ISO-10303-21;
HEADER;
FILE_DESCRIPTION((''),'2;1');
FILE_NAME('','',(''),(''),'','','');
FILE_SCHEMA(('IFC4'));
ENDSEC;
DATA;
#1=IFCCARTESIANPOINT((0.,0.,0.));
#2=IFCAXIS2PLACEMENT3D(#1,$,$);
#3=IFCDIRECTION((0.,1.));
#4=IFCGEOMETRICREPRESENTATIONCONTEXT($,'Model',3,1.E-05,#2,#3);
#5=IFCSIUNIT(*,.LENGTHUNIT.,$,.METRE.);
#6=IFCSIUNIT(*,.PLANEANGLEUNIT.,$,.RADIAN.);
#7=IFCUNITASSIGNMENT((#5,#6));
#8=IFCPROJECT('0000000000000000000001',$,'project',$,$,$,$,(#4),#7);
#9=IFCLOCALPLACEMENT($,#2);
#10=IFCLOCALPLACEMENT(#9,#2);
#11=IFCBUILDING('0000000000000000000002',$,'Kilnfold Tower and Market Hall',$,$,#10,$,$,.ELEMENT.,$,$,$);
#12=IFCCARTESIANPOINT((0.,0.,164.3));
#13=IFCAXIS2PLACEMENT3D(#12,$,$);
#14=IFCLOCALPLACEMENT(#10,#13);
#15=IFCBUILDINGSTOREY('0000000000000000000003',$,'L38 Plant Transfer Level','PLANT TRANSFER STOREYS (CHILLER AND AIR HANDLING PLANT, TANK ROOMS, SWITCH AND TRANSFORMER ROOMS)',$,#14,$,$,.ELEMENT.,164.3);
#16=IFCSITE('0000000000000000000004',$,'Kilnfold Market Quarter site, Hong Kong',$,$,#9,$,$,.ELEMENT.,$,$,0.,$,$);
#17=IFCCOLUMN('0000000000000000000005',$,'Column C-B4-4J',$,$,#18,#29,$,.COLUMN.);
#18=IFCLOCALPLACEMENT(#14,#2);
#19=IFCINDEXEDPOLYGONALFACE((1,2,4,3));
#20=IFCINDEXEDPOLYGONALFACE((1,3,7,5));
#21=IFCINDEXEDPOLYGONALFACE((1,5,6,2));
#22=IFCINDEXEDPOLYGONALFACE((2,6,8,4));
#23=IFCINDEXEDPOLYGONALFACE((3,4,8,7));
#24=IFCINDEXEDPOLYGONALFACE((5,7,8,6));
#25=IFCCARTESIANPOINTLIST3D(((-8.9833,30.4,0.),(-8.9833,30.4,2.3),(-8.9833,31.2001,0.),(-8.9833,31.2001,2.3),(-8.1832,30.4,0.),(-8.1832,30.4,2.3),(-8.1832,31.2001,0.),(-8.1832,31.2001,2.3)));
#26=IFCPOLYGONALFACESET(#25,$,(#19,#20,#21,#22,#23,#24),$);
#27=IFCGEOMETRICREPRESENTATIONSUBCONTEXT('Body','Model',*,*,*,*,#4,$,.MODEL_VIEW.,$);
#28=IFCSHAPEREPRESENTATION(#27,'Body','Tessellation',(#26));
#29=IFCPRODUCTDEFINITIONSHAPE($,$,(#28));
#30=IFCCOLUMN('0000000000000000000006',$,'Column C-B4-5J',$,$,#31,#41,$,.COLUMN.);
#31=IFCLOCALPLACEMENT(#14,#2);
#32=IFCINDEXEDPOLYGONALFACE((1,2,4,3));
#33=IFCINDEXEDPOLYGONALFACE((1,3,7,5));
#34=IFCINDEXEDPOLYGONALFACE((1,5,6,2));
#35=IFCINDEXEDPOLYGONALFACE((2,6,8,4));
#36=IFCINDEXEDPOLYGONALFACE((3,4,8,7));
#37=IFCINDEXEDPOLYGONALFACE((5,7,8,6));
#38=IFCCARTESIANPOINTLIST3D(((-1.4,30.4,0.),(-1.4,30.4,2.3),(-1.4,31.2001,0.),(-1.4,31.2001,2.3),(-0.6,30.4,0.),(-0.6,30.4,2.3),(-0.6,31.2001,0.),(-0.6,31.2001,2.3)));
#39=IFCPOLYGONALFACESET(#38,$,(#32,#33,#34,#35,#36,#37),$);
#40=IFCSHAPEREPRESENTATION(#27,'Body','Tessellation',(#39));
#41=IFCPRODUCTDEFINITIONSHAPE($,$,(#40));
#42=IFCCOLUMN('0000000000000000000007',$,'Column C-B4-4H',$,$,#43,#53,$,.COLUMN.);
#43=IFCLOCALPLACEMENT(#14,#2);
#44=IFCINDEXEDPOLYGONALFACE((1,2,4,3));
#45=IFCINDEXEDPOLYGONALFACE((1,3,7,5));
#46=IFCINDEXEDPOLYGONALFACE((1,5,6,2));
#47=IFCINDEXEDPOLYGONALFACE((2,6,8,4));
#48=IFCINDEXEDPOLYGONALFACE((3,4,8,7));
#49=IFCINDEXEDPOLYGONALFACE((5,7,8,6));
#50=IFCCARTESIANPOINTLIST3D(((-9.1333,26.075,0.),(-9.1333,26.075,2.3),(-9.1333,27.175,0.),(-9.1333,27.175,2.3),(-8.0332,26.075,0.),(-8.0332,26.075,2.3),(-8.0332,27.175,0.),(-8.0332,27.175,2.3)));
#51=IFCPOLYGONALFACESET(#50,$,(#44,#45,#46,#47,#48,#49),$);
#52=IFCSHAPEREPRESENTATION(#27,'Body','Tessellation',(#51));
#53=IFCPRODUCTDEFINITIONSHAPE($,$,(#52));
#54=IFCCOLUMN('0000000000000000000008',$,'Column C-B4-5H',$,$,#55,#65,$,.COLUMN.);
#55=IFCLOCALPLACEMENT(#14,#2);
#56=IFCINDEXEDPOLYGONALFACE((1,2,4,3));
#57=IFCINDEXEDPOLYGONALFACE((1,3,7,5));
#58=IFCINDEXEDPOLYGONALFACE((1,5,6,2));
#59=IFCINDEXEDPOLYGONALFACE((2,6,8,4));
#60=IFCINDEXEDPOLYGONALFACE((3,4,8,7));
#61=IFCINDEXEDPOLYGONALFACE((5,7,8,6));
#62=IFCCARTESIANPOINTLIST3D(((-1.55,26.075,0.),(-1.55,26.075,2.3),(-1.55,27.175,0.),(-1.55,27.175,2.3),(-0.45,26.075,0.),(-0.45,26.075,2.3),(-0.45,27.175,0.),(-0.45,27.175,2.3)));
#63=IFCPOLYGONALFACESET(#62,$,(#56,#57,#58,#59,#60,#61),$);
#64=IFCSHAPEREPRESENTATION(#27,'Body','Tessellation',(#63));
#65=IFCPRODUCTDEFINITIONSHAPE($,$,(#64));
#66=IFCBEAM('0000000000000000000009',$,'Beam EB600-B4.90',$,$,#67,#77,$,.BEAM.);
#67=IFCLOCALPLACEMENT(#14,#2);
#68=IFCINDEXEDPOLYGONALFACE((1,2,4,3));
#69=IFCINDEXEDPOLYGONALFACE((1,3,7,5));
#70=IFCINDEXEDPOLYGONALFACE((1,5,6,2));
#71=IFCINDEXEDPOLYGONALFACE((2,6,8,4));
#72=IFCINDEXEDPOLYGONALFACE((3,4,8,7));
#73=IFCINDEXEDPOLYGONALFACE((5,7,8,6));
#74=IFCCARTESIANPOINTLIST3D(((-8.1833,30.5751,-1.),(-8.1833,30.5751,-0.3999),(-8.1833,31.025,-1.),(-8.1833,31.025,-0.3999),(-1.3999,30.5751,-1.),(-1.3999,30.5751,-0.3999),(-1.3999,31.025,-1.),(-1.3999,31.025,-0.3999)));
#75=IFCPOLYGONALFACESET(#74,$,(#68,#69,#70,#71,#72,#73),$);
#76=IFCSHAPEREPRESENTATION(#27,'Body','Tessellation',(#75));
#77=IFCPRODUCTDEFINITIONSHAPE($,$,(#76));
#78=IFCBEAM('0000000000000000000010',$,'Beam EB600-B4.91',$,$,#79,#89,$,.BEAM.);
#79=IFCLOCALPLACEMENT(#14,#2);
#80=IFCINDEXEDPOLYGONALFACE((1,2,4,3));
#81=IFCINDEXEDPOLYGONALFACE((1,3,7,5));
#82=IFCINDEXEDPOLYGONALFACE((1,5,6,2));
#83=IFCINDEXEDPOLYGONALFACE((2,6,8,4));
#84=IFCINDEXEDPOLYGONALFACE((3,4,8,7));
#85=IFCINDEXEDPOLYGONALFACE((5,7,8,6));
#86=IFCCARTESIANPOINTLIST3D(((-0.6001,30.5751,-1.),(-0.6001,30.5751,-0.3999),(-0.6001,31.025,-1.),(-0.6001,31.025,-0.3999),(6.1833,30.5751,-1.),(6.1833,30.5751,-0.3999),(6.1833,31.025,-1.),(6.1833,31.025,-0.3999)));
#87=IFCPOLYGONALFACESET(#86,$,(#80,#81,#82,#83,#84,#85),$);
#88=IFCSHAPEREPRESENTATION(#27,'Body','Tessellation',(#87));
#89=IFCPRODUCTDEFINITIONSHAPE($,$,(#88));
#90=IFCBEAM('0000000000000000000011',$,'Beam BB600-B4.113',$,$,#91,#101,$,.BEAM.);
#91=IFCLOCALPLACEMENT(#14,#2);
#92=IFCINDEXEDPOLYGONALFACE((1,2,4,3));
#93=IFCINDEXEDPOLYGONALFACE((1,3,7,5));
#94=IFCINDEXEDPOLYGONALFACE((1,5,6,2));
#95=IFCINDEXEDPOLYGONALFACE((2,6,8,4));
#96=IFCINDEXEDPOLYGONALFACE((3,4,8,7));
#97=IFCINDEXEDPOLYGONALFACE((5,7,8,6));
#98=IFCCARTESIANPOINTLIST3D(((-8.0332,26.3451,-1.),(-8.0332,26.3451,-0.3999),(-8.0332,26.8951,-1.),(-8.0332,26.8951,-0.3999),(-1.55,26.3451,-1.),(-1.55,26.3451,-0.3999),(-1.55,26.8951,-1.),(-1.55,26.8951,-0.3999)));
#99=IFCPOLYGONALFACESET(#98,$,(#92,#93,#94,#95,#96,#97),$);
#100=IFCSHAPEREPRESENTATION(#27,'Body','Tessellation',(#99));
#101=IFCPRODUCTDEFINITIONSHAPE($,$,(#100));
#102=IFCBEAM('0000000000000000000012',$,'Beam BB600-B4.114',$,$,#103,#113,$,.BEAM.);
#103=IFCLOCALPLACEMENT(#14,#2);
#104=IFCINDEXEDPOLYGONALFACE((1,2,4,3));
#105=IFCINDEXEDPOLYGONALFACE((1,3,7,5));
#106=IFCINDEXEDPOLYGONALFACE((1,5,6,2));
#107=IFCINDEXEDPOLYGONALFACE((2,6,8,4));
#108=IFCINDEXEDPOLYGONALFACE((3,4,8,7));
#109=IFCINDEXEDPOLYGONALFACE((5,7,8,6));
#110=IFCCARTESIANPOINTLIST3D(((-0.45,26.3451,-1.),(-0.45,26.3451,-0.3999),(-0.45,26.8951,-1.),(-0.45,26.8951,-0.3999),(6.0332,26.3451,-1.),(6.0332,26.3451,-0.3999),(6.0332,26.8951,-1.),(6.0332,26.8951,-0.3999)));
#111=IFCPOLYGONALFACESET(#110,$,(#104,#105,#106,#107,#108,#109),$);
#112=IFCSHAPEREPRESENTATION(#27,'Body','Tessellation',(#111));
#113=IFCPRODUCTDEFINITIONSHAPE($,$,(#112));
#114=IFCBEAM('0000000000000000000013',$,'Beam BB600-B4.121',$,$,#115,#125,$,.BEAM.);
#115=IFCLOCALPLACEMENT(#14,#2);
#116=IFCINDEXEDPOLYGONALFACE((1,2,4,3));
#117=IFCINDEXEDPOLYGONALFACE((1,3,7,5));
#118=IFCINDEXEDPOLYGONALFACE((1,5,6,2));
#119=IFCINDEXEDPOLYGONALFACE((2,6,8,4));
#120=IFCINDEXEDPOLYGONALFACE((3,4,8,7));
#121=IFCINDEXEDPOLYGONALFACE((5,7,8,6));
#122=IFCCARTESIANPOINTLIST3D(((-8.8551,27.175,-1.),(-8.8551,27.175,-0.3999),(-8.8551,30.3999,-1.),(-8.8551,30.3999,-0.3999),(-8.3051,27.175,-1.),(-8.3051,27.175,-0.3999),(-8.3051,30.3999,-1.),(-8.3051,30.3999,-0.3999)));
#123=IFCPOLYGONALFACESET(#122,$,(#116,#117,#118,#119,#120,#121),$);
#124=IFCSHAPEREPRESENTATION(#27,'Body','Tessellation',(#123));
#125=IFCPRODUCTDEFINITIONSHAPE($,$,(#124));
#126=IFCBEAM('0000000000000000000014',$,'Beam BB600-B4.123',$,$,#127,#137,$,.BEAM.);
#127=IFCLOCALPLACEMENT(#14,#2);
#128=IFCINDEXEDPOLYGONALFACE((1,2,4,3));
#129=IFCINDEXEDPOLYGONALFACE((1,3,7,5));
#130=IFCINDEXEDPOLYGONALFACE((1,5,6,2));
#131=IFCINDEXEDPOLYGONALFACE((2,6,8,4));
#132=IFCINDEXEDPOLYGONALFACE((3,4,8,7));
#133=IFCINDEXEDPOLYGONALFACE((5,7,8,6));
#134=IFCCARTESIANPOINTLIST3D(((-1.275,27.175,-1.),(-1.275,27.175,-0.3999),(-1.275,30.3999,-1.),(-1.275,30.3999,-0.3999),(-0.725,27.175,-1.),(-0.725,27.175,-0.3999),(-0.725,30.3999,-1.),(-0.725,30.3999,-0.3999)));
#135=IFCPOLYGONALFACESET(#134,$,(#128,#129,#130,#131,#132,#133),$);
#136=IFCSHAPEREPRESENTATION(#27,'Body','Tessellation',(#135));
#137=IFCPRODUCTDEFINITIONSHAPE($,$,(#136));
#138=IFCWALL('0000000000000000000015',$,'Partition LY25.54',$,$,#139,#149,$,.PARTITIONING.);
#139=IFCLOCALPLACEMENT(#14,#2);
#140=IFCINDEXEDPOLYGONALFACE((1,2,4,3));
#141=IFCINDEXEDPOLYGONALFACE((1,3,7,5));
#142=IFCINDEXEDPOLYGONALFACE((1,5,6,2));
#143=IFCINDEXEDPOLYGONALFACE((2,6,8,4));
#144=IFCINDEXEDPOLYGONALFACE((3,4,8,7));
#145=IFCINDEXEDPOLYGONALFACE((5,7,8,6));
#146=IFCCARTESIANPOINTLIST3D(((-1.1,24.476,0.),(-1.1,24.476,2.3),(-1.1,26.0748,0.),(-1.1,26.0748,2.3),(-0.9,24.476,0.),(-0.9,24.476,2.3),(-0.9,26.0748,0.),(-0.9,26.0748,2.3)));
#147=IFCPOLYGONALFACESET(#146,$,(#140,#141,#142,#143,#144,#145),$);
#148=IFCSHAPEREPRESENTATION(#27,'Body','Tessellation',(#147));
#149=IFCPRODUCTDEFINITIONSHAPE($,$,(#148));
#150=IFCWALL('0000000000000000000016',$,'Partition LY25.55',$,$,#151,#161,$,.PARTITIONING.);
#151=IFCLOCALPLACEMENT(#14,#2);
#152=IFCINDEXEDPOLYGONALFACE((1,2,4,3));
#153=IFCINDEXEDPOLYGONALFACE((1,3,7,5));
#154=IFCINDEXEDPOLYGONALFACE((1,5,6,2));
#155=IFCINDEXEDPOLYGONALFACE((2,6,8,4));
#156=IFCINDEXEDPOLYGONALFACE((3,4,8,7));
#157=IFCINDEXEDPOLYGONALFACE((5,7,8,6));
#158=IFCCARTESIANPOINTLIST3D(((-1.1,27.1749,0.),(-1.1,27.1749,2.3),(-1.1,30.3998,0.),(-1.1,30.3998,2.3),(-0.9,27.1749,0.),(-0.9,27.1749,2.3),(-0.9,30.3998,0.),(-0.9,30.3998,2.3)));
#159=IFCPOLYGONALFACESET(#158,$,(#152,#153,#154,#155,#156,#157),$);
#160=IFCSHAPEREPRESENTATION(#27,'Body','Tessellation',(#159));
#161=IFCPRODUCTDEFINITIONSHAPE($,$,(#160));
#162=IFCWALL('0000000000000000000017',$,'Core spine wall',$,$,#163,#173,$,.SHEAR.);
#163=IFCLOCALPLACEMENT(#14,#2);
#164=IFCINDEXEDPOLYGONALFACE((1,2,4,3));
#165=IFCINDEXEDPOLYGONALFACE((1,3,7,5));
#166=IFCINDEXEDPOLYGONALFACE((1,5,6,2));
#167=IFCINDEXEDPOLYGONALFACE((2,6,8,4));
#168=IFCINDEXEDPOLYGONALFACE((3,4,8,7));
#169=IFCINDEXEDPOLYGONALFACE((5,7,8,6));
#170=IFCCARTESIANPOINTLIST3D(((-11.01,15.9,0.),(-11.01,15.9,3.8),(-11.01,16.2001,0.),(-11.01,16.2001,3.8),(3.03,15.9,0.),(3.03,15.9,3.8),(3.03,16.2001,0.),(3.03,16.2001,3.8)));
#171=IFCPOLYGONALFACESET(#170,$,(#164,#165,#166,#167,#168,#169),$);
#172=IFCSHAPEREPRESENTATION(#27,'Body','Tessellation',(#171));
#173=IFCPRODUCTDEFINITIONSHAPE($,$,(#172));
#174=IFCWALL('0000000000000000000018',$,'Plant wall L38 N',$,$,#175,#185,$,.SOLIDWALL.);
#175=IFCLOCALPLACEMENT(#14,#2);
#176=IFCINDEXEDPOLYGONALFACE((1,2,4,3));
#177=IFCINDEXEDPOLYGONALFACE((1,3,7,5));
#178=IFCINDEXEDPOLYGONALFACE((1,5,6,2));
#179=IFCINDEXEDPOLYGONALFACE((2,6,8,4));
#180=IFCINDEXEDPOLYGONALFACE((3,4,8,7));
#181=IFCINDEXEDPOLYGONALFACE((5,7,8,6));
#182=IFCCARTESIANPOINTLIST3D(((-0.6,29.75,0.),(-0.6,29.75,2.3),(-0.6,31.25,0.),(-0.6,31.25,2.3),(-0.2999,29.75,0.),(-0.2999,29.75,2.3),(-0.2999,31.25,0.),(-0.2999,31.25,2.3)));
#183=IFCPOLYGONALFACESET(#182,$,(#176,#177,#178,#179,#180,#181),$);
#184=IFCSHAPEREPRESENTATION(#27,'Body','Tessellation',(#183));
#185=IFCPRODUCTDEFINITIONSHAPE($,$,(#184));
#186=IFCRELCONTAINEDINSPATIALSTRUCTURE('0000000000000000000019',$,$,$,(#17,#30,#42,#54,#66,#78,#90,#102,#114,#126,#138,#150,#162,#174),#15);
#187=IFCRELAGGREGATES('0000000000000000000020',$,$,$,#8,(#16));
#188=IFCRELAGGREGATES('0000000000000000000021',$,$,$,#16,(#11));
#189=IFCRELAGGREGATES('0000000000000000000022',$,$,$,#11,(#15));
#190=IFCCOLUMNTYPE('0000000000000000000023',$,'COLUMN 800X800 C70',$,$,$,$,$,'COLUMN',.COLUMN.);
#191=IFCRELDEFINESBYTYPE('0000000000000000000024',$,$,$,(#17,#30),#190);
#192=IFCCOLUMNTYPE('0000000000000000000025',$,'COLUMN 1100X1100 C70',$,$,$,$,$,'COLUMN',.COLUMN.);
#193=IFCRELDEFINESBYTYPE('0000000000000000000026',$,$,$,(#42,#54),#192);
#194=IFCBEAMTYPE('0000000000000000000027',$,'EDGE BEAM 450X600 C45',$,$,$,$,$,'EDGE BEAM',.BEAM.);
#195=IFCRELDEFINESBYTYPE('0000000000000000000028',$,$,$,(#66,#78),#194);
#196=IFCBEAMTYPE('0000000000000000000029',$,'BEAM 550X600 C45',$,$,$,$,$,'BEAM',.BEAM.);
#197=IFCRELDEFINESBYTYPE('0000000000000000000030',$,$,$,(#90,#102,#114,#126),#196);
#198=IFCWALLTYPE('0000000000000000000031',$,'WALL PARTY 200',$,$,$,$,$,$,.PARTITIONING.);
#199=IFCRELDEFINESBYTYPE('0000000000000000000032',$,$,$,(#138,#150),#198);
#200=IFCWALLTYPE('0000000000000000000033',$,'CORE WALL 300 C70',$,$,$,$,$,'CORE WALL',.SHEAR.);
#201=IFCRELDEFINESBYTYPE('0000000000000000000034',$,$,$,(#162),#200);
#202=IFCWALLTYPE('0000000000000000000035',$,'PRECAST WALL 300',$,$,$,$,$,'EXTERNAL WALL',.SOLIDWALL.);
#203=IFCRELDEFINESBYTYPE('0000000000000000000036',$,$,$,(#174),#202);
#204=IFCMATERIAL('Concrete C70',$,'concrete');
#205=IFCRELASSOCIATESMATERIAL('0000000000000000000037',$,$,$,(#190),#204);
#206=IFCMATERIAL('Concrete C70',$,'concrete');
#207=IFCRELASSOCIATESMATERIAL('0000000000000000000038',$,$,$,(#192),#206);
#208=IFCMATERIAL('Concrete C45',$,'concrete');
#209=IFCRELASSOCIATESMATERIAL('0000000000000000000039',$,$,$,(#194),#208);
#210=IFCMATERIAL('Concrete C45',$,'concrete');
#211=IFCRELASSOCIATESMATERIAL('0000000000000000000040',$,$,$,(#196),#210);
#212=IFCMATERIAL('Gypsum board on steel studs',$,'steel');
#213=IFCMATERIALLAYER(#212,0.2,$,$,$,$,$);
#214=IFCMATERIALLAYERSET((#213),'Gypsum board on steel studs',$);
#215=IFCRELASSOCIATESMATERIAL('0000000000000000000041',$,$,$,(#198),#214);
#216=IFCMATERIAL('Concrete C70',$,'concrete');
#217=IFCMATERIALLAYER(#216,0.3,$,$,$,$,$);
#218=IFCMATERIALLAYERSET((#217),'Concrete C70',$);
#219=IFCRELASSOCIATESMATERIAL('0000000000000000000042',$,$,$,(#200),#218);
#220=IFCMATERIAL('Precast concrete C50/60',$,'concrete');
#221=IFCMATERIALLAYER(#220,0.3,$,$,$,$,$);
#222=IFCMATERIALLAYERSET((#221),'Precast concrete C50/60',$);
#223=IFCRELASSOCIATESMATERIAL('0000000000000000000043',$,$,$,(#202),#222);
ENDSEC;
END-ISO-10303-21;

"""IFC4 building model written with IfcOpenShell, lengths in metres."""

from ifc_helpers import new_model, si_unit, direction, frame, frame_2d, origin, origin_2d, place, context, subcontext, project, spatial, rectangle, extrude, source, transform, mapped, material, layer, layer_set, material_profile, profile_set, type_object, element, save


model = new_model("IFC4")

# Units and contexts
model_context = context("Model", 3, precision=1e-05, world=origin(), true_north=direction((0.0, 1.0)))
body_context = subcontext(model_context, "Body", "Model", "MODEL_VIEW")
ifc_project = project(units=[si_unit("LENGTHUNIT", "METRE"), si_unit("PLANEANGLEUNIT", "RADIAN")], contexts=[model_context])

# Site, building, storey
site_placement = place(None, origin())
site = spatial("IfcSite", under=ifc_project, at=site_placement, Name="Kilnfold Market Quarter site, Hong Kong", CompositionType="ELEMENT", RefElevation=0.0)
building_placement = place(site_placement, origin())
building = spatial("IfcBuilding", under=site, at=building_placement, Name="Kilnfold Tower and Market Hall", CompositionType="ELEMENT")
storey_placement = place(building_placement, frame((0.0, 0.0, 164.3)))
storey = spatial("IfcBuildingStorey", under=building, at=storey_placement, Name="L38 Plant Transfer Level", Description="PLANT TRANSFER STOREYS (CHILLER AND AIR HANDLING PLANT, TANK ROOMS, SWITCH AND TRANSFORMER ROOMS)", CompositionType="ELEMENT", Elevation=164.3)

# Columns
ifc_material_1 = material(Name="Concrete C70", Category="concrete")
ifc_material_profile_1 = material_profile(ifc_material_1, rectangle(XDim=0.8, YDim=0.8, at=origin_2d()), Name="RC 800x800")
ifc_profile_set_1 = profile_set([ifc_material_profile_1], Name="Concrete C70")
column_type_1 = type_object("IfcColumnType", Name="COLUMN 800X800 C70", ElementType="COLUMN", PredefinedType="COLUMN", material=ifc_profile_set_1)
shared_shape_1 = source(origin(), body_context, "Body", "SweptSolid", [
    extrude(rectangle(XDim=0.8, YDim=0.8, at=origin_2d()), origin(), (0.0, 0.0, 1.0), 2.3),
])
for number, where, z_axis, x_axis, name in (
    (1, (-8.5833, 30.8, 0.0), (0.0, 0.0, 1.0), (1.0, 0.0, 0.0), "Column C-B4-4J"),
    (2, (-1.0, 30.8, 0.0), (0.0, 0.0, 1.0), (1.0, 0.0, 0.0), "Column C-B4-5J"),
):
    element("IfcColumn", number, at=place(storey_placement, frame(where, z_axis=z_axis, x_axis=x_axis)), inside=storey, type_object=column_type_1, Name=name, PredefinedType="COLUMN", context=body_context, shape_type="MappedRepresentation", body=[
        mapped(shared_shape_1, transform((0.0, 0.0, 0.0))),
    ])
ifc_material_2 = material(Name="Concrete C70", Category="concrete")
ifc_material_profile_2 = material_profile(ifc_material_2, rectangle(XDim=1.1001, YDim=1.1001, at=origin_2d()), Name="RC 1100x1100")
ifc_profile_set_2 = profile_set([ifc_material_profile_2], Name="Concrete C70")
column_type_2 = type_object("IfcColumnType", Name="COLUMN 1100X1100 C70", ElementType="COLUMN", PredefinedType="COLUMN", material=ifc_profile_set_2)
shared_shape_2 = source(origin(), body_context, "Body", "SweptSolid", [
    extrude(rectangle(XDim=1.1001, YDim=1.1001, at=origin_2d()), origin(), (0.0, 0.0, 1.0), 2.3),
])
for number, where, z_axis, x_axis, name in (
    (3, (-8.5833, 26.625, 0.0), (0.0, 0.0, 1.0), (1.0, 0.0, 0.0), "Column C-B4-4H"),
    (4, (-1.0, 26.625, 0.0), (0.0, 0.0, 1.0), (1.0, 0.0, 0.0), "Column C-B4-5H"),
):
    element("IfcColumn", number, at=place(storey_placement, frame(where, z_axis=z_axis, x_axis=x_axis)), inside=storey, type_object=column_type_2, Name=name, PredefinedType="COLUMN", context=body_context, shape_type="MappedRepresentation", body=[
        mapped(shared_shape_2, transform((0.0, 0.0, 0.0))),
    ])

# Beams
ifc_material_3 = material(Name="Concrete C45", Category="concrete")
ifc_material_profile_3 = material_profile(ifc_material_3, rectangle(XDim=0.45, YDim=0.6001, at=origin_2d()), Name="RC 450x600")
ifc_profile_set_3 = profile_set([ifc_material_profile_3], Name="Concrete C45")
beam_type_1 = type_object("IfcBeamType", Name="EDGE BEAM 450X600 C45", ElementType="EDGE BEAM", PredefinedType="BEAM", material=ifc_profile_set_3)
shared_shape_3 = source(origin(), body_context, "Body", "SweptSolid", [
    extrude(rectangle(XDim=0.45, YDim=0.6001, at=origin_2d()), origin(), (0.0, 0.0, 1.0), 6.7834),
])
for number, where, z_axis, x_axis, name in (
    (5, (-8.1833, 30.8, -0.7), (1.0, 0.0, 0.0), (0.0, 1.0, 0.0), "Beam EB600-B4.90"),
    (6, (-0.6001, 30.8, -0.7), (1.0, 0.0, 0.0), (0.0, 1.0, 0.0), "Beam EB600-B4.91"),
):
    element("IfcBeam", number, at=place(storey_placement, frame(where, z_axis=z_axis, x_axis=x_axis)), inside=storey, type_object=beam_type_1, Name=name, PredefinedType="BEAM", context=body_context, shape_type="MappedRepresentation", body=[
        mapped(shared_shape_3, transform((0.0, 0.0, 0.0))),
    ])
ifc_material_4 = material(Name="Concrete C45", Category="concrete")
ifc_material_profile_4 = material_profile(ifc_material_4, rectangle(XDim=0.55, YDim=0.6001, at=origin_2d()), Name="RC 550x600")
ifc_profile_set_4 = profile_set([ifc_material_profile_4], Name="Concrete C45")
beam_type_2 = type_object("IfcBeamType", Name="BEAM 550X600 C45", ElementType="BEAM", PredefinedType="BEAM", material=ifc_profile_set_4)
shared_shape_4 = source(origin(), body_context, "Body", "SweptSolid", [
    extrude(rectangle(XDim=0.55, YDim=0.6001, at=origin_2d()), origin(), (0.0, 0.0, 1.0), 6.4832),
])
for number, where, z_axis, x_axis, name in (
    (7, (-8.0332, 26.6201, -0.7), (1.0, 0.0, 0.0), (0.0, 1.0, 0.0), "Beam BB600-B4.113"),
    (8, (-0.45, 26.6201, -0.7), (1.0, 0.0, 0.0), (0.0, 1.0, 0.0), "Beam BB600-B4.114"),
):
    element("IfcBeam", number, at=place(storey_placement, frame(where, z_axis=z_axis, x_axis=x_axis)), inside=storey, type_object=beam_type_2, Name=name, PredefinedType="BEAM", context=body_context, shape_type="MappedRepresentation", body=[
        mapped(shared_shape_4, transform((0.0, 0.0, 0.0))),
    ])
shared_shape_5 = source(origin(), body_context, "Body", "SweptSolid", [
    extrude(rectangle(XDim=0.55, YDim=0.6001, at=origin_2d()), origin(), (0.0, 0.0, 1.0), 3.2249),
])
for number, where, z_axis, x_axis, name in (
    (9, (-8.5801, 27.175, -0.7), (0.0, 1.0, 0.0), (-1.0, 0.0, 0.0), "Beam BB600-B4.121"),
    (10, (-1.0, 27.175, -0.7), (0.0, 1.0, 0.0), (-1.0, 0.0, 0.0), "Beam BB600-B4.123"),
):
    element("IfcBeam", number, at=place(storey_placement, frame(where, z_axis=z_axis, x_axis=x_axis)), inside=storey, type_object=beam_type_2, Name=name, PredefinedType="BEAM", context=body_context, shape_type="MappedRepresentation", body=[
        mapped(shared_shape_5, transform((0.0, 0.0, 0.0))),
    ])

# Walls
ifc_material_5 = material(Name="Gypsum board on steel studs", Category="steel")
ifc_layer_1 = layer(ifc_material_5, 0.2)
ifc_layer_set_1 = layer_set([ifc_layer_1], Name="Gypsum board on steel studs")
wall_type_1 = type_object("IfcWallType", Name="WALL PARTY 200", PredefinedType="PARTITIONING", material=ifc_layer_set_1)
wall_1_placement = place(storey_placement, frame((-1.0, 24.4761, 0.0), z_axis=(0.0, 0.0, 1.0), x_axis=(0.0, 1.0, 0.0)))
element("IfcWall", 11, at=wall_1_placement, inside=storey, type_object=wall_type_1, Name="Partition LY25.54", PredefinedType="PARTITIONING", context=body_context, shape_type="SweptSolid", body=[
    extrude(rectangle(XDim=1.5989, YDim=0.2, at=frame_2d((0.7993, 0.0))), origin(), (0.0, 0.0, 1.0), 2.3),
])
wall_2_placement = place(storey_placement, frame((-1.0, 27.175, 0.0), z_axis=(0.0, 0.0, 1.0), x_axis=(0.0, 1.0, 0.0)))
element("IfcWall", 12, at=wall_2_placement, inside=storey, type_object=wall_type_1, Name="Partition LY25.55", PredefinedType="PARTITIONING", context=body_context, shape_type="SweptSolid", body=[
    extrude(rectangle(XDim=3.2249, YDim=0.2, at=frame_2d((1.6123, 0.0))), origin(), (0.0, 0.0, 1.0), 2.3),
])
ifc_material_6 = material(Name="Concrete C70", Category="concrete")
ifc_layer_2 = layer(ifc_material_6, 0.3)
ifc_layer_set_2 = layer_set([ifc_layer_2], Name="Concrete C70")
wall_type_2 = type_object("IfcWallType", Name="CORE WALL 300 C70", ElementType="CORE WALL", PredefinedType="SHEAR", material=ifc_layer_set_2)
shared_shape_6 = source(origin(), body_context, "Body", "SweptSolid", [
    extrude(rectangle(XDim=14.04, YDim=0.3, at=frame_2d((7.02, 0.0))), origin(), (0.0, 0.0, 1.0), 3.8),
])
wall_3_placement = place(storey_placement, frame((-11.01, 16.05, 0.0), z_axis=(0.0, 0.0, 1.0), x_axis=(1.0, 0.0, 0.0)))
element("IfcWall", 13, at=wall_3_placement, inside=storey, type_object=wall_type_2, Name="Core spine wall", PredefinedType="SHEAR", context=body_context, shape_type="MappedRepresentation", body=[
    mapped(shared_shape_6, transform((0.0, 0.0, 0.0))),
])
ifc_material_7 = material(Name="Precast concrete C50/60", Category="concrete")
ifc_layer_3 = layer(ifc_material_7, 0.3)
ifc_layer_set_3 = layer_set([ifc_layer_3], Name="Precast concrete C50/60")
wall_type_3 = type_object("IfcWallType", Name="PRECAST WALL 300", ElementType="EXTERNAL WALL", PredefinedType="SOLIDWALL", material=ifc_layer_set_3)
shared_shape_7 = source(origin(), body_context, "Body", "SweptSolid", [
    extrude(rectangle(XDim=1.5, YDim=0.3, at=frame_2d((0.75, 0.0))), origin(), (0.0, 0.0, 1.0), 2.3),
])
for number, where, z_axis, x_axis, name in (
    (14, (-0.45, 31.25, 0.0), (0.0, 0.0, 1.0), (0.0, -1.0, 0.0), "Plant wall L38 N"),
):
    element("IfcWall", number, at=place(storey_placement, frame(where, z_axis=z_axis, x_axis=x_axis)), inside=storey, type_object=wall_type_3, Name=name, PredefinedType="SOLIDWALL", context=body_context, shape_type="MappedRepresentation", body=[
        mapped(shared_shape_7, transform((0.0, 0.0, 0.0))),
    ])

save(model, "model.ifc")
